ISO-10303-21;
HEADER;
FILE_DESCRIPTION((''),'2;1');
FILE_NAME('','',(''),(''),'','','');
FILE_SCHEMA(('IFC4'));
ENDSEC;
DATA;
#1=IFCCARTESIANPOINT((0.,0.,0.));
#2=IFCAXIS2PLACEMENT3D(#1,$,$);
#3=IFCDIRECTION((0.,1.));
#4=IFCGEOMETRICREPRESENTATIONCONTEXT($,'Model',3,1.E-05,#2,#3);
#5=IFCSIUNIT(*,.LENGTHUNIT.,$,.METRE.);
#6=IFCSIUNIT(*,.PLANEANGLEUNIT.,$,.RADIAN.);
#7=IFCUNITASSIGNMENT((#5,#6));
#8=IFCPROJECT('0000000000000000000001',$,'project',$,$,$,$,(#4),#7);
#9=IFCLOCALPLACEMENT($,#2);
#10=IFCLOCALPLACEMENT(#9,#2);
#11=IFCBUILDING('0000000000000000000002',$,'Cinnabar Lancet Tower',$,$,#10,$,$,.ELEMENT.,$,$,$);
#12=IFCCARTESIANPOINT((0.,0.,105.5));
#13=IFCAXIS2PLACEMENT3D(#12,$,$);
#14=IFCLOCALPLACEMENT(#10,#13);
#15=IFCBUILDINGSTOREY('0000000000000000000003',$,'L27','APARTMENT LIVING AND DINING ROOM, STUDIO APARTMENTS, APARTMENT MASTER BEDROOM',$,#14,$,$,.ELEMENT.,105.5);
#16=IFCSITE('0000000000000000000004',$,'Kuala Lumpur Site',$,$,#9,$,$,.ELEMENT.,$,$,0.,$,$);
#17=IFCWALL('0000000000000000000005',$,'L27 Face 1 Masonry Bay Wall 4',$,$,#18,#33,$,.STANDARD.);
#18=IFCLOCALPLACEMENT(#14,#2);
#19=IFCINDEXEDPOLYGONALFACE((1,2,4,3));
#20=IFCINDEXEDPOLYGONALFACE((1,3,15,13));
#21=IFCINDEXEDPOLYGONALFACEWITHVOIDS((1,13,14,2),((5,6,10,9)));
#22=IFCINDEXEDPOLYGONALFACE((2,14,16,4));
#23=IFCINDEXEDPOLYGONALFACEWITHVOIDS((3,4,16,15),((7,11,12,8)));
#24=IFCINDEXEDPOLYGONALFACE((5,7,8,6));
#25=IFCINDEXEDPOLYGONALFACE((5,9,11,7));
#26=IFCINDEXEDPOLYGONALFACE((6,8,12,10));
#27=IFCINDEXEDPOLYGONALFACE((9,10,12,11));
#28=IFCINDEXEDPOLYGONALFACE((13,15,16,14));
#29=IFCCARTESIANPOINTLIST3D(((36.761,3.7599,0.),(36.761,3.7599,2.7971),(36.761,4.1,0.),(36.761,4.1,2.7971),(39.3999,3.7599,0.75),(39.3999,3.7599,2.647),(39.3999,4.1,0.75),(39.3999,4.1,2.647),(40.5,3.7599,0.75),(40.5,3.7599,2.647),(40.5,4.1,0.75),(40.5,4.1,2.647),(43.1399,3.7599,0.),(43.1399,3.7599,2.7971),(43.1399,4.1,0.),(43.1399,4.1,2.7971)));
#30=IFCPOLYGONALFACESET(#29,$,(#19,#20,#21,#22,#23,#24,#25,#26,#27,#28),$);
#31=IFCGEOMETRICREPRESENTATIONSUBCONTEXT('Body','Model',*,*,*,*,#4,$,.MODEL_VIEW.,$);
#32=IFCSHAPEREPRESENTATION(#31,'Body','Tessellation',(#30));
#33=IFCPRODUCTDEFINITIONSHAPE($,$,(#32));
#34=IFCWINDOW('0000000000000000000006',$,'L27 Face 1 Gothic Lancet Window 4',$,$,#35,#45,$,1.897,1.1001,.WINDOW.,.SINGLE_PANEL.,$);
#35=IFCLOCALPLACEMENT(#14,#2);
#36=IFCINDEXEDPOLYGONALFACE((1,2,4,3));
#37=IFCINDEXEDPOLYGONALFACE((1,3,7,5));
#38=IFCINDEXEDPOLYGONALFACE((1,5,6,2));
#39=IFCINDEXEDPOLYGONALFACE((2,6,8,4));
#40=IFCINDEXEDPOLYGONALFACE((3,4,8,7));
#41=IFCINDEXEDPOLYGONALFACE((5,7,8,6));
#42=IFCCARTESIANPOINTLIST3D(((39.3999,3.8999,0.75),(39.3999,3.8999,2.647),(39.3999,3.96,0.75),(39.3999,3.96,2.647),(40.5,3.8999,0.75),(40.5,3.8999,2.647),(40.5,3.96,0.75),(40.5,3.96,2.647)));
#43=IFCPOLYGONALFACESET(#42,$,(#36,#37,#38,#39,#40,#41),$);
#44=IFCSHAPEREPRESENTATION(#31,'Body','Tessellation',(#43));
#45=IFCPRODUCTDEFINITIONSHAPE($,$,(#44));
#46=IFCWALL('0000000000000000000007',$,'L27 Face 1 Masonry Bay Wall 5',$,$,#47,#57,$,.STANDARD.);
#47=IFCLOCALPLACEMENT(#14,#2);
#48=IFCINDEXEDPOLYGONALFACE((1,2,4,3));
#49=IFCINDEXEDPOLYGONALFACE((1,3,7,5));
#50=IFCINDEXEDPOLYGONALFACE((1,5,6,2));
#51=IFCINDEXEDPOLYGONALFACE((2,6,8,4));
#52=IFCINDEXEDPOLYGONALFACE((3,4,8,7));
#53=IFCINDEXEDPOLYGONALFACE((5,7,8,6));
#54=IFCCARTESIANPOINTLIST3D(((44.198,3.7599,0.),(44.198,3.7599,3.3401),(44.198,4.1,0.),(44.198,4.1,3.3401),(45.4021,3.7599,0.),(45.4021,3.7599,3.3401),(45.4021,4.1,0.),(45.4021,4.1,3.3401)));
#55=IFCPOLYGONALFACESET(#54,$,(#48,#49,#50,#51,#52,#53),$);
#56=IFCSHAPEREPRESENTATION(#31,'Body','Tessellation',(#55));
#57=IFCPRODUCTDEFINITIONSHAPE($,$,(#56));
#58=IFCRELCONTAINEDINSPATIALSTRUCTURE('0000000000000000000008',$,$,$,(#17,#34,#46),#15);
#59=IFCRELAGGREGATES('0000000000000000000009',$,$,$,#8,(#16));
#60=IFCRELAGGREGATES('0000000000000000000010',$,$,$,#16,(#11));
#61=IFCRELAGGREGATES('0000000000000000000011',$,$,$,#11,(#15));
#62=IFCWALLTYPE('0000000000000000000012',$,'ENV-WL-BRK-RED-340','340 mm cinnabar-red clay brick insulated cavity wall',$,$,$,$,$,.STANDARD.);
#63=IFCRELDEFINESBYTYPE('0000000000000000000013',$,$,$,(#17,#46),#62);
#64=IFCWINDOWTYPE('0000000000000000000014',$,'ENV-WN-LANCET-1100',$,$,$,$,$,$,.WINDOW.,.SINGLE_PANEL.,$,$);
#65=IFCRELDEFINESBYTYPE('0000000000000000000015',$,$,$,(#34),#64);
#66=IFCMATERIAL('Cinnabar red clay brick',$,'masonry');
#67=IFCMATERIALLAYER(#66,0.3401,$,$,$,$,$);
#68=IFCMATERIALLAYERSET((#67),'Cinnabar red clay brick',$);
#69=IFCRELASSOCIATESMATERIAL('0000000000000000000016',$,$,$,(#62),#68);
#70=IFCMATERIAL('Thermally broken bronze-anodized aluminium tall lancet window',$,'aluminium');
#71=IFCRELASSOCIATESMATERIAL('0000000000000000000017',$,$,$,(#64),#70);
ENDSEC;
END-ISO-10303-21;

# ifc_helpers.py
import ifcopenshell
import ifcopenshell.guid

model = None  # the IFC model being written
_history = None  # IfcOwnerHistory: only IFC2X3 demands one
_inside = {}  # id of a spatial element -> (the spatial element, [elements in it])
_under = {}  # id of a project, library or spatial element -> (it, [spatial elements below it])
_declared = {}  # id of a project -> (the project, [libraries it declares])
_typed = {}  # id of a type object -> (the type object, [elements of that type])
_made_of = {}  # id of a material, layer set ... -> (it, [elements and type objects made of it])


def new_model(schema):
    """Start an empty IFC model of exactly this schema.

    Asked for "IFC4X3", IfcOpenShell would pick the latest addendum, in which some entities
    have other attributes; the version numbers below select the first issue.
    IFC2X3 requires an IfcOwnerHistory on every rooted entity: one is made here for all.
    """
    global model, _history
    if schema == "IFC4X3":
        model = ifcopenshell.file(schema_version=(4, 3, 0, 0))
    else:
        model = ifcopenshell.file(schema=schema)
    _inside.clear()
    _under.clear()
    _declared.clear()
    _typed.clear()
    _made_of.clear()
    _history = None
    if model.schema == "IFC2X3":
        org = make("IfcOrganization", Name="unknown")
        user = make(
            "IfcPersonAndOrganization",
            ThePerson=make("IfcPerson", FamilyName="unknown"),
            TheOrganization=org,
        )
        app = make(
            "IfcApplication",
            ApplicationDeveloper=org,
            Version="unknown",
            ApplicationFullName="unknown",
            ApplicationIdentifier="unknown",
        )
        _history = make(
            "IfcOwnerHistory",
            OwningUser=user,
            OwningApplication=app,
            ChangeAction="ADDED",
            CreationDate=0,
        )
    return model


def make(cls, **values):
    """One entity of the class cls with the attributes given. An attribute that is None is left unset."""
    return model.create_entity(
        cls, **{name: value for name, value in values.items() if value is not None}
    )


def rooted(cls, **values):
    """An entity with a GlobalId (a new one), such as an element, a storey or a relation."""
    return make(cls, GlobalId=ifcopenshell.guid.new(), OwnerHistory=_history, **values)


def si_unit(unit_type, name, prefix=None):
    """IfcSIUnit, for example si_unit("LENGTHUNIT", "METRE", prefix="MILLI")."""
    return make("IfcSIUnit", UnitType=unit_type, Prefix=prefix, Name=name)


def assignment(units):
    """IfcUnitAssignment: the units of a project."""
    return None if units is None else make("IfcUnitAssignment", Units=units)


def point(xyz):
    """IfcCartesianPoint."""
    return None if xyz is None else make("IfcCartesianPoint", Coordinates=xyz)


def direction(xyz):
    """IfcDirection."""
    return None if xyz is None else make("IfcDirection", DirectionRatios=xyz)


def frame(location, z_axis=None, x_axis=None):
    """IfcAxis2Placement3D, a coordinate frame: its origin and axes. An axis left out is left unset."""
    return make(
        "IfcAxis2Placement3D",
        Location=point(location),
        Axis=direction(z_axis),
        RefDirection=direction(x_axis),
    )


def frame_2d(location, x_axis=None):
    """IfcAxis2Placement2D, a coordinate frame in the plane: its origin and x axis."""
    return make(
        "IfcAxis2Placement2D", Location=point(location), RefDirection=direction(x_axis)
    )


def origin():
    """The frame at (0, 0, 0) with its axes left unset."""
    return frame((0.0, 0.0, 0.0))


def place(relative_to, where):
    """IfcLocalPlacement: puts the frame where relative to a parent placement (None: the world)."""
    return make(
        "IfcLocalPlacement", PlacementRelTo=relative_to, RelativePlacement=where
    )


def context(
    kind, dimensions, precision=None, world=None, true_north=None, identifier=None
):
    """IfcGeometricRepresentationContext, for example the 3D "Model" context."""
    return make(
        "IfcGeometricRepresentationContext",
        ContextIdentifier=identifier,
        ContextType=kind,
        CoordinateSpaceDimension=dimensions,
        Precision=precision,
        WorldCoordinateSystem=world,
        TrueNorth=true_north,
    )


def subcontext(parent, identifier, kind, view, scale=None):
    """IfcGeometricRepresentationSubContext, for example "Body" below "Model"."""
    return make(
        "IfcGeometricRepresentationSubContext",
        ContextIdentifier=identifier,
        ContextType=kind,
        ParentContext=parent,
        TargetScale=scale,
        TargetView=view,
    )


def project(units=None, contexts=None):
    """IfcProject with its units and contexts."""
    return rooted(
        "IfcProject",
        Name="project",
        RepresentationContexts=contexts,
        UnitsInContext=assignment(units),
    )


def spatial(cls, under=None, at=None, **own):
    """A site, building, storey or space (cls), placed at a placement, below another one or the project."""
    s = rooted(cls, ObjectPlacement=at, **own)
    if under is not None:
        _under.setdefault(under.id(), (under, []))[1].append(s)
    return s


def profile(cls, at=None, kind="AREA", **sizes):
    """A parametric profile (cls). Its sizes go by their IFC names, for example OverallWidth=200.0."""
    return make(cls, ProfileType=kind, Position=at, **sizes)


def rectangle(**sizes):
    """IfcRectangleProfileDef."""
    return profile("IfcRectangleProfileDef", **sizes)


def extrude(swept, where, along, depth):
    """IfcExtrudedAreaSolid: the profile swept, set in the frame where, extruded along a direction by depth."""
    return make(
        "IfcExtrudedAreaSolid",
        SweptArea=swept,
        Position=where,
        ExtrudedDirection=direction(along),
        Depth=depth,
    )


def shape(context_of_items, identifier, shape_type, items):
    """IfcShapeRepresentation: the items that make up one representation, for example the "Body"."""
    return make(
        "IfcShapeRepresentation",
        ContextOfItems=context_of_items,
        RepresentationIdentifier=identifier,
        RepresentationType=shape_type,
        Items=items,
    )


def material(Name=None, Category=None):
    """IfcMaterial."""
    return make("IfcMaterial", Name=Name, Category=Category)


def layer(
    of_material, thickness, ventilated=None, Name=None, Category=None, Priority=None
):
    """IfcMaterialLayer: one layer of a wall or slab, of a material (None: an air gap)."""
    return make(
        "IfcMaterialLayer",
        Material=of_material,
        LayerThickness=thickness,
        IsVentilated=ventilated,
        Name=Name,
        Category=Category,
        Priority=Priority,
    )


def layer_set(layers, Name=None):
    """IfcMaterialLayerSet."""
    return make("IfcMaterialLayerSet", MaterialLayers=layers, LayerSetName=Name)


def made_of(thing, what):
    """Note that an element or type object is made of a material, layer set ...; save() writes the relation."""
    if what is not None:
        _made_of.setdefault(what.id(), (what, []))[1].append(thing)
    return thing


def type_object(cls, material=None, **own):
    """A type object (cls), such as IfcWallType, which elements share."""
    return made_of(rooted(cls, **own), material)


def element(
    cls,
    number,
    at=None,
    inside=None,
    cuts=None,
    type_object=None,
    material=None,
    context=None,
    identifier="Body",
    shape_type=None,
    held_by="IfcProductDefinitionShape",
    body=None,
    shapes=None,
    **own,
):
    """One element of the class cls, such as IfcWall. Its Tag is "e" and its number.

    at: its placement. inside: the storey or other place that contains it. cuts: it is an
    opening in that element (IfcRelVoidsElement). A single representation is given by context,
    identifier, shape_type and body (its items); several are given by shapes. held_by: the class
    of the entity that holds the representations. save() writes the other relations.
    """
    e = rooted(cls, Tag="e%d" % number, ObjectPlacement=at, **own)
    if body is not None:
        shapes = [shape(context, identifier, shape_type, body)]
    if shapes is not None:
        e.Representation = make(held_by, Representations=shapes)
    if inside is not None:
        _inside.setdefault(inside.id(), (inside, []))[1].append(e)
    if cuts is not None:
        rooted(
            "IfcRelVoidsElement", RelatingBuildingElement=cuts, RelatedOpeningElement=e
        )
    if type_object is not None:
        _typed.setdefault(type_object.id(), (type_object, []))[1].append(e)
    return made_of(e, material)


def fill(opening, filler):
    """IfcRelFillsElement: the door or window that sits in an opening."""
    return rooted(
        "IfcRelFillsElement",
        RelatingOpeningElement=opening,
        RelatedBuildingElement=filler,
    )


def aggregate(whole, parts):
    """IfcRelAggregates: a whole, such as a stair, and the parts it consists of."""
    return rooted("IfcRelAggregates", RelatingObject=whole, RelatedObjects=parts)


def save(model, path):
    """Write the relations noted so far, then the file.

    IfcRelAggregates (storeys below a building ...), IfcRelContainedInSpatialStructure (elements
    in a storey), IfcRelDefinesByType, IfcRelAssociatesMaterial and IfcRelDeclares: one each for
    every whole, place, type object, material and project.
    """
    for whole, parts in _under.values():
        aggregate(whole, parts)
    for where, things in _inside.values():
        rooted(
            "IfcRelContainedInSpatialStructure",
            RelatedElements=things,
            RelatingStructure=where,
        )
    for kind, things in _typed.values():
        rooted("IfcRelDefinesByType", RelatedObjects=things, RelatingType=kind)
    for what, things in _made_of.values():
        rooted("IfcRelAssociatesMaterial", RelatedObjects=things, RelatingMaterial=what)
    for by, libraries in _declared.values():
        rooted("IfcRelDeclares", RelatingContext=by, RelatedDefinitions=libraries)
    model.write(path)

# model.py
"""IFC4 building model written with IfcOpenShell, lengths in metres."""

from ifc_helpers import new_model, si_unit, direction, frame, frame_2d, origin, place, context, subcontext, project, spatial, rectangle, extrude, material, layer, layer_set, type_object, element, fill, save


model = new_model("IFC4")

# Units and contexts
model_context = context("Model", 3, precision=1e-05, world=origin(), true_north=direction((0.0, 1.0)))
body_context = subcontext(model_context, "Body", "Model", "MODEL_VIEW")
ifc_project = project(units=[si_unit("LENGTHUNIT", "METRE"), si_unit("PLANEANGLEUNIT", "RADIAN")], contexts=[model_context])

# Site, building, storey
site_placement = place(None, origin())
site = spatial("IfcSite", under=ifc_project, at=site_placement, Name="Kuala Lumpur Site", CompositionType="ELEMENT", RefElevation=0.0)
building_placement = place(site_placement, origin())
building = spatial("IfcBuilding", under=site, at=building_placement, Name="Cinnabar Lancet Tower", CompositionType="ELEMENT")
storey_placement = place(building_placement, frame((0.0, 0.0, 105.5)))
storey = spatial("IfcBuildingStorey", under=building, at=storey_placement, Name="L27", Description="APARTMENT LIVING AND DINING ROOM, STUDIO APARTMENTS, APARTMENT MASTER BEDROOM", CompositionType="ELEMENT", Elevation=105.5)

# Wall, opening, window
ifc_material_1 = material(Name="Cinnabar red clay brick", Category="masonry")
ifc_layer_1 = layer(ifc_material_1, 0.3401)
ifc_layer_set_1 = layer_set([ifc_layer_1], Name="Cinnabar red clay brick")
wall_type_1 = type_object("IfcWallType", Name="ENV-WL-BRK-RED-340", Description="340 mm cinnabar-red clay brick insulated cavity wall", PredefinedType="STANDARD", material=ifc_layer_set_1)
wall_1_placement = place(storey_placement, frame((36.761, 3.9299, 0.0), z_axis=(0.0, 0.0, 1.0), x_axis=(1.0, 0.0, 0.0)))
wall_1 = element("IfcWall", 1, at=wall_1_placement, inside=storey, type_object=wall_type_1, Name="L27 Face 1 Masonry Bay Wall 4", PredefinedType="STANDARD", context=body_context, shape_type="SweptSolid", body=[
    extrude(rectangle(XDim=6.3789, YDim=0.3401, at=frame_2d((3.1895, 0.0))), origin(), (0.0, 0.0, 1.0), 2.7971),
])
opening_1_placement = place(wall_1_placement, frame((2.6389, 0.0, 0.75)))
opening_1 = element("IfcOpeningElement", 2, at=opening_1_placement, cuts=wall_1, PredefinedType="OPENING", context=body_context, shape_type="SweptSolid", body=[
    extrude(rectangle(XDim=1.1001, YDim=1.897, at=frame_2d((0.55, 0.9485))), frame((0.0, 0.1799, 0.0), z_axis=(0.0, -1.0, 0.0), x_axis=(1.0, 0.0, 0.0)), (0.0, 0.0, 1.0), 0.3601),
])
ifc_material_2 = material(Name="Thermally broken bronze-anodized aluminium tall lancet window", Category="aluminium")
window_type = type_object("IfcWindowType", Name="ENV-WN-LANCET-1100", PartitioningType="SINGLE_PANEL", PredefinedType="WINDOW", material=ifc_material_2)
window_placement = place(opening_1_placement, origin())
window = element("IfcWindow", 3, at=window_placement, inside=storey, type_object=window_type, Name="L27 Face 1 Gothic Lancet Window 4", OverallHeight=1.897, OverallWidth=1.1001, PartitioningType="SINGLE_PANEL", PredefinedType="WINDOW", context=body_context, shape_type="SweptSolid", body=[
    extrude(rectangle(XDim=1.1001, YDim=1.897, at=frame_2d((0.55, 0.9485))), frame((0.0, 0.03, 0.0), z_axis=(0.0, -1.0, 0.0), x_axis=(1.0, 0.0, 0.0)), (0.0, 0.0, 1.0), 0.0601),
])
fill(opening_1, window)

# Wall
wall_2_placement = place(storey_placement, frame((44.198, 3.9299, 0.0), z_axis=(0.0, 0.0, 1.0), x_axis=(1.0, 0.0, 0.0)))
element("IfcWall", 4, at=wall_2_placement, inside=storey, type_object=wall_type_1, Name="L27 Face 1 Masonry Bay Wall 5", PredefinedType="STANDARD", context=body_context, shape_type="SweptSolid", body=[
    extrude(rectangle(XDim=1.2041, YDim=0.3401, at=frame_2d((0.6021, 0.0))), origin(), (0.0, 0.0, 1.0), 3.3401),
])

save(model, "model.ifc")
